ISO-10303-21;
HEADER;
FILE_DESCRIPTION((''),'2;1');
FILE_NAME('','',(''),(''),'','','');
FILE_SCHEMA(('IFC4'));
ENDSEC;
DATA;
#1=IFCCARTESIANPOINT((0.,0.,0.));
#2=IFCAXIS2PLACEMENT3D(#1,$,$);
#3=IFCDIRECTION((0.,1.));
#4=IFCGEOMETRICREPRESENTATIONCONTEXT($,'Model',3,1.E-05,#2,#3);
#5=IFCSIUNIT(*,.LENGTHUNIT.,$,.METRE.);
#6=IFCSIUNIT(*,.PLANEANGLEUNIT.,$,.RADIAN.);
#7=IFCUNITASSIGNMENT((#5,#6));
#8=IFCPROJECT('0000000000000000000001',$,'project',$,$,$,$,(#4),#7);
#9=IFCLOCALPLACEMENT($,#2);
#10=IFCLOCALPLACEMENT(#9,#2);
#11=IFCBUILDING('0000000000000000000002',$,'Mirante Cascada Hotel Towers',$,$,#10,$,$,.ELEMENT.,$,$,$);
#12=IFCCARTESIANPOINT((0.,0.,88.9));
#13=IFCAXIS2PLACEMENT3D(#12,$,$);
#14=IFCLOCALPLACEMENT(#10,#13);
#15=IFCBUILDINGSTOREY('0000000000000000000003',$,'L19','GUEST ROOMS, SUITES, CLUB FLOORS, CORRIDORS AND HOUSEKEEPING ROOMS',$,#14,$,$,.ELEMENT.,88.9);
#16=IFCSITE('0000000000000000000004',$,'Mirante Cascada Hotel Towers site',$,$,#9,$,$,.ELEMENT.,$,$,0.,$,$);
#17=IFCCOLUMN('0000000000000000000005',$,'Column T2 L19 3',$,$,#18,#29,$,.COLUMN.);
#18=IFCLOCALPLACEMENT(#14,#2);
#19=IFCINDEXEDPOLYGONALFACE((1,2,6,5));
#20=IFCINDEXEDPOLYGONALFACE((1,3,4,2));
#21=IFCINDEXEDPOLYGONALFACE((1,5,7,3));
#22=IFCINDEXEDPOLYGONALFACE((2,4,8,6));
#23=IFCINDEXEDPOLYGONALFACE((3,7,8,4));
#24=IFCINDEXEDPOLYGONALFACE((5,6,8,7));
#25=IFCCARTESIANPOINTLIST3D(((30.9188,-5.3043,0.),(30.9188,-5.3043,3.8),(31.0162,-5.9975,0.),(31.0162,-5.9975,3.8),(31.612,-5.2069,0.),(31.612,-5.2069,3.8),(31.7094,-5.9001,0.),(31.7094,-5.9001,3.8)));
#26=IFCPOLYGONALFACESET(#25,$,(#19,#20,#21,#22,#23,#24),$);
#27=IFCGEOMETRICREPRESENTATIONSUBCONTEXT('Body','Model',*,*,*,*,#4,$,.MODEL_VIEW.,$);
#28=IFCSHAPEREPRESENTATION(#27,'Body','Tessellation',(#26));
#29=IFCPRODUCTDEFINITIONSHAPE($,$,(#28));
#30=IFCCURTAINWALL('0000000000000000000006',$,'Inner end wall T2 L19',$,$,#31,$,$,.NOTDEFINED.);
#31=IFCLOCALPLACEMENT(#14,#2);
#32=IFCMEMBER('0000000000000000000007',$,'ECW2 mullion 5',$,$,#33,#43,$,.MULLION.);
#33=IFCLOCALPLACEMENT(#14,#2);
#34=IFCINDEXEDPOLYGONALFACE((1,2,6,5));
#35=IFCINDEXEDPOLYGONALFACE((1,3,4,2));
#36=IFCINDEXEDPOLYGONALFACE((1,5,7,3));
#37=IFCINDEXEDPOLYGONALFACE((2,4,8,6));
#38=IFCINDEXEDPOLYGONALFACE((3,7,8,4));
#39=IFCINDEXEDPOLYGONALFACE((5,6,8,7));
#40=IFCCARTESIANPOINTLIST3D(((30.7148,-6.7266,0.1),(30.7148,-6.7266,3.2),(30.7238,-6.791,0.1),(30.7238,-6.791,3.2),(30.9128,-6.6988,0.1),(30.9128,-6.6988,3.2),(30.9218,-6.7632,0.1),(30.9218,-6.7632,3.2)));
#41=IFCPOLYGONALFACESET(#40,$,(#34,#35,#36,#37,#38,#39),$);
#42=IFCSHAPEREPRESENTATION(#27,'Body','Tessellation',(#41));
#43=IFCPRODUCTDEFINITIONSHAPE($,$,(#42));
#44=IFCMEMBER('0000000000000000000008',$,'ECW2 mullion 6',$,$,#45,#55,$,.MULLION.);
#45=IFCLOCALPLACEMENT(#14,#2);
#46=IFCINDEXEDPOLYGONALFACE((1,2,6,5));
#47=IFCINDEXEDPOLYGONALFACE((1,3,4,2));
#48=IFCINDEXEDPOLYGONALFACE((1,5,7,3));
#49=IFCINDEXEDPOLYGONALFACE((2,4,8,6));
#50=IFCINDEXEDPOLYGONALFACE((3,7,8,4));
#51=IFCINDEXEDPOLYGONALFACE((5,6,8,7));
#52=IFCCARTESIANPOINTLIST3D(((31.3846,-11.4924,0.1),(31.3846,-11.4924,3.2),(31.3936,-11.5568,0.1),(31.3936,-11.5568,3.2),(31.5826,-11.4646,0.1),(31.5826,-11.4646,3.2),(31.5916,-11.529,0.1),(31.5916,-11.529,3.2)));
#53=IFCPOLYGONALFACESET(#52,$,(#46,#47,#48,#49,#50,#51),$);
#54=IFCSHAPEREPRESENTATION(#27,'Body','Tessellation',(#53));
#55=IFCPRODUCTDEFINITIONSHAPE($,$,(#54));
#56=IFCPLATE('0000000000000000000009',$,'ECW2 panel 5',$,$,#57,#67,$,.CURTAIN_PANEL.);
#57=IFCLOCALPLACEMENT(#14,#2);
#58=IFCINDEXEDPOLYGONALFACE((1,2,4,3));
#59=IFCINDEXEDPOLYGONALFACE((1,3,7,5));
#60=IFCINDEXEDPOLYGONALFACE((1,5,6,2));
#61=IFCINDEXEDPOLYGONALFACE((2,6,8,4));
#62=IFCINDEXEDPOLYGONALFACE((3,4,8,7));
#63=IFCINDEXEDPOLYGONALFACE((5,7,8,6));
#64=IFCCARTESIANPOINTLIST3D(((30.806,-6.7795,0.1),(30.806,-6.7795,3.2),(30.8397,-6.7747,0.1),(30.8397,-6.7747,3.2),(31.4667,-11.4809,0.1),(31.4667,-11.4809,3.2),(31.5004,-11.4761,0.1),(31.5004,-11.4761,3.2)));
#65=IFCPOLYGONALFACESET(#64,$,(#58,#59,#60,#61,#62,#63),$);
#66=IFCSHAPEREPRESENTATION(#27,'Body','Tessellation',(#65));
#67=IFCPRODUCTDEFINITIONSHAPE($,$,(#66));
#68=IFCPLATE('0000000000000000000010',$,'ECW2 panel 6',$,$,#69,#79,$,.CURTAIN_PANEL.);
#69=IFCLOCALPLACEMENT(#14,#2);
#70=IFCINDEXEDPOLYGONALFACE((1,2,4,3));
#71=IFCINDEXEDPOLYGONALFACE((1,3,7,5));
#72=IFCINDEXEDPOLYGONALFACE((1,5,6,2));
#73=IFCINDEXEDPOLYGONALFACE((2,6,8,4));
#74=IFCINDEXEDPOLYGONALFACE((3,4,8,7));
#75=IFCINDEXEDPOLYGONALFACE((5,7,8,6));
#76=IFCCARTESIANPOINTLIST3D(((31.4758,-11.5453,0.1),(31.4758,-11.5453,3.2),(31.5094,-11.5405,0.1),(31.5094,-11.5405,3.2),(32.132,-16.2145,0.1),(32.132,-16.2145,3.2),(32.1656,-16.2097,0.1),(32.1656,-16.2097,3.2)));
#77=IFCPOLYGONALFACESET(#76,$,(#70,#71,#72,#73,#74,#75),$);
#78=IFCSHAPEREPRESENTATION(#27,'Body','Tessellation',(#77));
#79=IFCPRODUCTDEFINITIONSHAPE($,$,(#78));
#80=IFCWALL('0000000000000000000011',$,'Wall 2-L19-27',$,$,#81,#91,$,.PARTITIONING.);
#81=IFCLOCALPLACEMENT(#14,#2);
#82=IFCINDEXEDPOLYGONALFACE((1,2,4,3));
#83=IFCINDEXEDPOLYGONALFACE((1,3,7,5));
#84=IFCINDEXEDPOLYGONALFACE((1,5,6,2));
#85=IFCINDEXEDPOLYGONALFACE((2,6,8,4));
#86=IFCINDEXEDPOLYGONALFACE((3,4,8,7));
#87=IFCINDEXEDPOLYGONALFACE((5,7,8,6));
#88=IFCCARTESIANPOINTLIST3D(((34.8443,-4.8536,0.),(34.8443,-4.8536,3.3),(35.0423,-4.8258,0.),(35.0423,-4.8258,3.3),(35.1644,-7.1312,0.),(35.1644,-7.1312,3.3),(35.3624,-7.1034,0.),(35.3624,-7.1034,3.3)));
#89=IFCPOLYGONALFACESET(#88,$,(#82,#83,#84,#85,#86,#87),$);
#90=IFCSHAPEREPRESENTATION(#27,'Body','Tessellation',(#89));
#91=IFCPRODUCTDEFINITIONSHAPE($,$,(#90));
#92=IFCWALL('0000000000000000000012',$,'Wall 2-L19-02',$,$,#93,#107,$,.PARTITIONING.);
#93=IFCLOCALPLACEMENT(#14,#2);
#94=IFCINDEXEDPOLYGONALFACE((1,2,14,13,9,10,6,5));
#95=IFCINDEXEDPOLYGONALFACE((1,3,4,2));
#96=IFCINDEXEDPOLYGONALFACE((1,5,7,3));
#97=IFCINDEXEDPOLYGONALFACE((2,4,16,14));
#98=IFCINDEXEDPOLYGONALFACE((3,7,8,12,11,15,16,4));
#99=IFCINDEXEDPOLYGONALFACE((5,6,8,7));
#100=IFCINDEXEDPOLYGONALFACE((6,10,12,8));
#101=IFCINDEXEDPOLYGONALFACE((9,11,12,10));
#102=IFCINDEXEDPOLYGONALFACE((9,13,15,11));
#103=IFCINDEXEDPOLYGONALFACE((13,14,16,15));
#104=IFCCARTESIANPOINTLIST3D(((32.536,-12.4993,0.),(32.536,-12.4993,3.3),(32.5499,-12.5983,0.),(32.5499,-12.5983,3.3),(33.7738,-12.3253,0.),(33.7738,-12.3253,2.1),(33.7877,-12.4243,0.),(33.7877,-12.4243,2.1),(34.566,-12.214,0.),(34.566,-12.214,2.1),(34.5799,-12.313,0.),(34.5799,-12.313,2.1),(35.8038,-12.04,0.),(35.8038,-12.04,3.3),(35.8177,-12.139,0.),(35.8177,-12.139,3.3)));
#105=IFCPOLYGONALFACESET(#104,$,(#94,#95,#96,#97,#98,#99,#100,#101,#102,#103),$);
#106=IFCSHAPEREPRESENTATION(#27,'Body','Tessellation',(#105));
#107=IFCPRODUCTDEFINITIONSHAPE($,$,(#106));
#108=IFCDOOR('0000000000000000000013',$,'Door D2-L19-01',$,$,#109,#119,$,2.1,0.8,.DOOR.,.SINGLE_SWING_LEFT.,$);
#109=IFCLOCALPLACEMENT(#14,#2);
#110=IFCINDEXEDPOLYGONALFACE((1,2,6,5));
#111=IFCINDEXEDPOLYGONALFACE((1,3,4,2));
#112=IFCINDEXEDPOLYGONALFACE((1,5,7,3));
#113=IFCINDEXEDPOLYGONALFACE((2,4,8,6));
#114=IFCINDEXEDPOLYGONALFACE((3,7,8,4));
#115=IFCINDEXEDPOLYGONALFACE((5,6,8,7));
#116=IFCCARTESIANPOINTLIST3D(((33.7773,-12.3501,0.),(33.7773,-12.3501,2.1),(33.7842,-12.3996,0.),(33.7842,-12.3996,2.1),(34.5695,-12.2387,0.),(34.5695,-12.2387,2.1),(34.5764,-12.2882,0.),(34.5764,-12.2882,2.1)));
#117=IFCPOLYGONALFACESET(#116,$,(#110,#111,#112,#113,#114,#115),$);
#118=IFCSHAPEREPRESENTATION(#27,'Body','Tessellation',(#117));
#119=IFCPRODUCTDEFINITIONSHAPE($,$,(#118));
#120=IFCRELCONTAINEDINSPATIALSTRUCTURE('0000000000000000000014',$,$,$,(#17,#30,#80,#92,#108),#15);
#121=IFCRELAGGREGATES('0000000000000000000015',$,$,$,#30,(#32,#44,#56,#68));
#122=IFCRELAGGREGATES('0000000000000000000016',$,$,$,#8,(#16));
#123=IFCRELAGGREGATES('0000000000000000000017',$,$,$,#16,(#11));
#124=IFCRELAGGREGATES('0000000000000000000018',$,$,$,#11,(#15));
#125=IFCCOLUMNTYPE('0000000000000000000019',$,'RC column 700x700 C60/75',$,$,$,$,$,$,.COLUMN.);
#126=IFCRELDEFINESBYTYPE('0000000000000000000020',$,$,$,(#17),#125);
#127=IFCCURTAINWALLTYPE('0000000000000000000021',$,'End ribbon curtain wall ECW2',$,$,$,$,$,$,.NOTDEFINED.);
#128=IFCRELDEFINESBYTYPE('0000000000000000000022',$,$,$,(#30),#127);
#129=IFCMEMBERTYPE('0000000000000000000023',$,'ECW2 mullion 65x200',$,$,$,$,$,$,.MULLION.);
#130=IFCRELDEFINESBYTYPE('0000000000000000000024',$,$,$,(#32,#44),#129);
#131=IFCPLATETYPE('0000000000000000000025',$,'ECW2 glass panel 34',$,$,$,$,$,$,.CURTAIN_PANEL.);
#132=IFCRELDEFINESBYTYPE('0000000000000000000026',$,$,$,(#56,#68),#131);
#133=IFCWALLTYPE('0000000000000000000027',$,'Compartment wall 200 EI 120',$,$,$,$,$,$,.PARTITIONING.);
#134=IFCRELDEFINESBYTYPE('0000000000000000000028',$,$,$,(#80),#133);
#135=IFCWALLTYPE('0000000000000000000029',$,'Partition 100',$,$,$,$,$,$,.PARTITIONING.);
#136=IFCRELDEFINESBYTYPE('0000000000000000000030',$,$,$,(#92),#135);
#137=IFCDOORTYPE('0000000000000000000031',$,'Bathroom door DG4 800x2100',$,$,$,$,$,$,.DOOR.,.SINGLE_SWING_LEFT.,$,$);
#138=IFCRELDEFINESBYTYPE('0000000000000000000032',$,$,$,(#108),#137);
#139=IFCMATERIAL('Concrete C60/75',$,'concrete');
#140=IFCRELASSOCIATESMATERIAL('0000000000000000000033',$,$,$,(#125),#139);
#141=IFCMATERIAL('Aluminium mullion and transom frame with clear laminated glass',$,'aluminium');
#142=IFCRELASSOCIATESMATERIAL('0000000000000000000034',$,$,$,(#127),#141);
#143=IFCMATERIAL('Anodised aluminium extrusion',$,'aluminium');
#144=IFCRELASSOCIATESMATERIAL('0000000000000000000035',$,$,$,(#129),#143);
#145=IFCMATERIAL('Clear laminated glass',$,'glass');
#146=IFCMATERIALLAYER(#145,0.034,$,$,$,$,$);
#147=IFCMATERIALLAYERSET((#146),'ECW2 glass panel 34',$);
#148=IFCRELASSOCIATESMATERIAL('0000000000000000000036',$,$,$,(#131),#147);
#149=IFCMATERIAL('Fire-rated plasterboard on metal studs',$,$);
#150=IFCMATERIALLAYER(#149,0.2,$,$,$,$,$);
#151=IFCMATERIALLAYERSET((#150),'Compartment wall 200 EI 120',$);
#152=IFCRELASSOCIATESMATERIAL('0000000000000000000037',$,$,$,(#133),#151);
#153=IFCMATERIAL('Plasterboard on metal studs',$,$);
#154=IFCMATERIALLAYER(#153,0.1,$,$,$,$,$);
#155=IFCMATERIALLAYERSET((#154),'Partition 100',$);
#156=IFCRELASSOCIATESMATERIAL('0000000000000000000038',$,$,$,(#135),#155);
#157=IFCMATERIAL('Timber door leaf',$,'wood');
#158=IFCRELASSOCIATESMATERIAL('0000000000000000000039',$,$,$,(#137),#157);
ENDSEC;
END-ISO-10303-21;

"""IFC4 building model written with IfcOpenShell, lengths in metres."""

from ifc_helpers import new_model, si_unit, direction, frame, frame_2d, origin, origin_2d, place, context, subcontext, project, spatial, rectangle, extrude, material, layer, layer_set, material_profile, profile_set, type_object, element, fill, aggregate, save


model = new_model("IFC4")

# Units and contexts
model_context = context("Model", 3, precision=1e-05, world=origin(), true_north=direction((0.0, 1.0)))
body_context = subcontext(model_context, "Body", "Model", "MODEL_VIEW")
ifc_project = project(units=[si_unit("LENGTHUNIT", "METRE"), si_unit("PLANEANGLEUNIT", "RADIAN")], contexts=[model_context])

# Site, building, storey
site_placement = place(None, origin())
site = spatial("IfcSite", under=ifc_project, at=site_placement, Name="Mirante Cascada Hotel Towers site", CompositionType="ELEMENT", RefElevation=0.0)
building_placement = place(site_placement, origin())
building = spatial("IfcBuilding", under=site, at=building_placement, Name="Mirante Cascada Hotel Towers", CompositionType="ELEMENT")
storey_placement = place(building_placement, frame((0.0, 0.0, 88.9)))
storey = spatial("IfcBuildingStorey", under=building, at=storey_placement, Name="L19", Description="GUEST ROOMS, SUITES, CLUB FLOORS, CORRIDORS AND HOUSEKEEPING ROOMS", CompositionType="ELEMENT", Elevation=88.9)

# Column
ifc_material_1 = material(Name="Concrete C60/75", Category="concrete")
ifc_material_profile_1 = material_profile(ifc_material_1, rectangle(XDim=0.7, YDim=0.7, at=origin_2d()), Name="RC column 700x700 C60/75")
ifc_profile_set_1 = profile_set([ifc_material_profile_1], Name="Concrete C60/75")
column_type = type_object("IfcColumnType", Name="RC column 700x700 C60/75", PredefinedType="COLUMN", material=ifc_profile_set_1)
column_placement = place(storey_placement, frame((31.3141, -5.6022, 0.0), z_axis=(0.0, 0.0, 1.0), x_axis=(0.990268, 0.139173, 0.0)))
element("IfcColumn", 1, at=column_placement, inside=storey, type_object=column_type, Name="Column T2 L19 3", PredefinedType="COLUMN", context=body_context, shape_type="SweptSolid", body=[
    extrude(rectangle(XDim=0.7, YDim=0.7, at=origin_2d()), origin(), (0.0, 0.0, 1.0), 3.8),
])

# Curtain wall, members, plates
ifc_material_2 = material(Name="Aluminium mullion and transom frame with clear laminated glass", Category="aluminium")
curtain_wall_type = type_object("IfcCurtainWallType", Name="End ribbon curtain wall ECW2", PredefinedType="NOTDEFINED", material=ifc_material_2)
curtain_wall_placement = place(storey_placement, origin())
curtain_wall = element("IfcCurtainWall", 2, at=curtain_wall_placement, inside=storey, type_object=curtain_wall_type, Name="Inner end wall T2 L19", PredefinedType="NOTDEFINED")
ifc_material_3 = material(Name="Anodised aluminium extrusion", Category="aluminium")
ifc_material_profile_2 = material_profile(ifc_material_3, rectangle(XDim=0.2, YDim=0.065, at=origin_2d()), Name="ECW2 MULLION 65x200")
ifc_profile_set_2 = profile_set([ifc_material_profile_2], Name="Anodised aluminium extrusion")
member_type = type_object("IfcMemberType", Name="ECW2 mullion 65x200", PredefinedType="MULLION", material=ifc_profile_set_2)
member_1_placement = place(storey_placement, frame((30.8183, -6.7449, 0.1), z_axis=(0.0, 0.0, 1.0), x_axis=(0.990268, 0.139173, 0.0)))
member_1 = element("IfcMember", 3, at=member_1_placement, type_object=member_type, Name="ECW2 mullion 5", PredefinedType="MULLION", context=body_context, shape_type="SweptSolid", body=[
    extrude(rectangle(XDim=0.2, YDim=0.065, at=origin_2d()), origin(), (0.0, 0.0, 1.0), 3.1),
])
member_2_placement = place(storey_placement, frame((31.4881, -11.5107, 0.1), z_axis=(0.0, 0.0, 1.0), x_axis=(0.990268, 0.139173, 0.0)))
member_2 = element("IfcMember", 4, at=member_2_placement, type_object=member_type, Name="ECW2 mullion 6", PredefinedType="MULLION", context=body_context, shape_type="SweptSolid", body=[
    extrude(rectangle(XDim=0.2, YDim=0.065, at=origin_2d()), origin(), (0.0, 0.0, 1.0), 3.1),
])
ifc_material_4 = material(Name="Clear laminated glass", Category="glass")
ifc_layer_1 = layer(ifc_material_4, 0.034)
ifc_layer_set_1 = layer_set([ifc_layer_1], Name="ECW2 glass panel 34")
plate_type = type_object("IfcPlateType", Name="ECW2 glass panel 34", PredefinedType="CURTAIN_PANEL", material=ifc_layer_set_1)
plate_1_placement = place(storey_placement, frame((31.1532, -9.1278, 0.1), z_axis=(0.0, 0.0, 1.0), x_axis=(0.139173, -0.990268, 0.0)))
plate_1 = element("IfcPlate", 5, at=plate_1_placement, type_object=plate_type, Name="ECW2 panel 5", PredefinedType="CURTAIN_PANEL", context=body_context, shape_type="SweptSolid", body=[
    extrude(rectangle(XDim=4.7476, YDim=0.034, at=origin_2d()), origin(), (0.0, 0.0, 1.0), 3.1),
])
plate_2_placement = place(storey_placement, frame((31.8207, -13.8775, 0.1), z_axis=(0.0, 0.0, 1.0), x_axis=(0.139173, -0.990268, 0.0)))
plate_2 = element("IfcPlate", 6, at=plate_2_placement, type_object=plate_type, Name="ECW2 panel 6", PredefinedType="CURTAIN_PANEL", context=body_context, shape_type="SweptSolid", body=[
    extrude(rectangle(XDim=4.7151, YDim=0.034, at=origin_2d()), origin(), (0.0, 0.0, 1.0), 3.1),
])
aggregate(curtain_wall, [member_1, member_2, plate_1, plate_2])

# Wall
ifc_material_5 = material(Name="Fire-rated plasterboard on metal studs")
ifc_layer_2 = layer(ifc_material_5, 0.2)
ifc_layer_set_2 = layer_set([ifc_layer_2], Name="Compartment wall 200 EI 120")
wall_type_1 = type_object("IfcWallType", Name="Compartment wall 200 EI 120", PredefinedType="PARTITIONING", material=ifc_layer_set_2)
wall_1_placement = place(storey_placement, frame((34.9433, -4.8397, 0.0), z_axis=(0.0, 0.0, 1.0), x_axis=(0.139175, -0.990268, 0.0)))
element("IfcWall", 7, at=wall_1_placement, inside=storey, type_object=wall_type_1, Name="Wall 2-L19-27", PredefinedType="PARTITIONING", context=body_context, shape_type="SweptSolid", body=[
    extrude(rectangle(XDim=2.3, YDim=0.2, at=frame_2d((1.15, 0.0))), origin(), (0.0, 0.0, 1.0), 3.3),
])

# Wall, opening, door
ifc_material_6 = material(Name="Plasterboard on metal studs")
ifc_layer_3 = layer(ifc_material_6, 0.1)
ifc_layer_set_3 = layer_set([ifc_layer_3], Name="Partition 100")
wall_type_2 = type_object("IfcWallType", Name="Partition 100", PredefinedType="PARTITIONING", material=ifc_layer_set_3)
wall_2_placement = place(storey_placement, frame((32.5429, -12.5488, 0.0), z_axis=(0.0, 0.0, 1.0), x_axis=(0.990266, 0.139185, 0.0)))
wall_2 = element("IfcWall", 8, at=wall_2_placement, inside=storey, type_object=wall_type_2, Name="Wall 2-L19-02", PredefinedType="PARTITIONING", context=body_context, shape_type="SweptSolid", body=[
    extrude(rectangle(XDim=3.2999, YDim=0.1, at=frame_2d((1.65, 0.0))), origin(), (0.0, 0.0, 1.0), 3.3),
])
opening_1_placement = place(wall_2_placement, frame((1.25, 0.0, 0.0)))
opening_1 = element("IfcOpeningElement", 9, at=opening_1_placement, cuts=wall_2, PredefinedType="OPENING", context=body_context, shape_type="SweptSolid", body=[
    extrude(rectangle(XDim=0.8, YDim=2.1, at=frame_2d((0.4, 1.05))), frame((0.0, 0.05, 0.0), z_axis=(0.0, -1.0, 0.0), x_axis=(1.0, 0.0, 0.0)), (0.0, 0.0, 1.0), 0.1),
])
ifc_material_7 = material(Name="Timber door leaf", Category="wood")
door_type_1 = type_object("IfcDoorType", Name="Bathroom door DG4 800x2100", OperationType="SINGLE_SWING_LEFT", PredefinedType="DOOR", material=ifc_material_7)
door_1_placement = place(opening_1_placement, origin())
door_1 = element("IfcDoor", 10, at=door_1_placement, inside=storey, type_object=door_type_1, Name="Door D2-L19-01", OperationType="SINGLE_SWING_LEFT", OverallHeight=2.1, OverallWidth=0.8, PredefinedType="DOOR", context=body_context, shape_type="SweptSolid", body=[
    extrude(rectangle(XDim=0.8, YDim=2.1, at=frame_2d((0.4, 1.05))), frame((0.0, 0.025, 0.0), z_axis=(0.0, -1.0, 0.0), x_axis=(1.0, 0.0, 0.0)), (0.0, 0.0, 1.0), 0.05),
])
fill(opening_1, door_1)

save(model, "model.ifc")
